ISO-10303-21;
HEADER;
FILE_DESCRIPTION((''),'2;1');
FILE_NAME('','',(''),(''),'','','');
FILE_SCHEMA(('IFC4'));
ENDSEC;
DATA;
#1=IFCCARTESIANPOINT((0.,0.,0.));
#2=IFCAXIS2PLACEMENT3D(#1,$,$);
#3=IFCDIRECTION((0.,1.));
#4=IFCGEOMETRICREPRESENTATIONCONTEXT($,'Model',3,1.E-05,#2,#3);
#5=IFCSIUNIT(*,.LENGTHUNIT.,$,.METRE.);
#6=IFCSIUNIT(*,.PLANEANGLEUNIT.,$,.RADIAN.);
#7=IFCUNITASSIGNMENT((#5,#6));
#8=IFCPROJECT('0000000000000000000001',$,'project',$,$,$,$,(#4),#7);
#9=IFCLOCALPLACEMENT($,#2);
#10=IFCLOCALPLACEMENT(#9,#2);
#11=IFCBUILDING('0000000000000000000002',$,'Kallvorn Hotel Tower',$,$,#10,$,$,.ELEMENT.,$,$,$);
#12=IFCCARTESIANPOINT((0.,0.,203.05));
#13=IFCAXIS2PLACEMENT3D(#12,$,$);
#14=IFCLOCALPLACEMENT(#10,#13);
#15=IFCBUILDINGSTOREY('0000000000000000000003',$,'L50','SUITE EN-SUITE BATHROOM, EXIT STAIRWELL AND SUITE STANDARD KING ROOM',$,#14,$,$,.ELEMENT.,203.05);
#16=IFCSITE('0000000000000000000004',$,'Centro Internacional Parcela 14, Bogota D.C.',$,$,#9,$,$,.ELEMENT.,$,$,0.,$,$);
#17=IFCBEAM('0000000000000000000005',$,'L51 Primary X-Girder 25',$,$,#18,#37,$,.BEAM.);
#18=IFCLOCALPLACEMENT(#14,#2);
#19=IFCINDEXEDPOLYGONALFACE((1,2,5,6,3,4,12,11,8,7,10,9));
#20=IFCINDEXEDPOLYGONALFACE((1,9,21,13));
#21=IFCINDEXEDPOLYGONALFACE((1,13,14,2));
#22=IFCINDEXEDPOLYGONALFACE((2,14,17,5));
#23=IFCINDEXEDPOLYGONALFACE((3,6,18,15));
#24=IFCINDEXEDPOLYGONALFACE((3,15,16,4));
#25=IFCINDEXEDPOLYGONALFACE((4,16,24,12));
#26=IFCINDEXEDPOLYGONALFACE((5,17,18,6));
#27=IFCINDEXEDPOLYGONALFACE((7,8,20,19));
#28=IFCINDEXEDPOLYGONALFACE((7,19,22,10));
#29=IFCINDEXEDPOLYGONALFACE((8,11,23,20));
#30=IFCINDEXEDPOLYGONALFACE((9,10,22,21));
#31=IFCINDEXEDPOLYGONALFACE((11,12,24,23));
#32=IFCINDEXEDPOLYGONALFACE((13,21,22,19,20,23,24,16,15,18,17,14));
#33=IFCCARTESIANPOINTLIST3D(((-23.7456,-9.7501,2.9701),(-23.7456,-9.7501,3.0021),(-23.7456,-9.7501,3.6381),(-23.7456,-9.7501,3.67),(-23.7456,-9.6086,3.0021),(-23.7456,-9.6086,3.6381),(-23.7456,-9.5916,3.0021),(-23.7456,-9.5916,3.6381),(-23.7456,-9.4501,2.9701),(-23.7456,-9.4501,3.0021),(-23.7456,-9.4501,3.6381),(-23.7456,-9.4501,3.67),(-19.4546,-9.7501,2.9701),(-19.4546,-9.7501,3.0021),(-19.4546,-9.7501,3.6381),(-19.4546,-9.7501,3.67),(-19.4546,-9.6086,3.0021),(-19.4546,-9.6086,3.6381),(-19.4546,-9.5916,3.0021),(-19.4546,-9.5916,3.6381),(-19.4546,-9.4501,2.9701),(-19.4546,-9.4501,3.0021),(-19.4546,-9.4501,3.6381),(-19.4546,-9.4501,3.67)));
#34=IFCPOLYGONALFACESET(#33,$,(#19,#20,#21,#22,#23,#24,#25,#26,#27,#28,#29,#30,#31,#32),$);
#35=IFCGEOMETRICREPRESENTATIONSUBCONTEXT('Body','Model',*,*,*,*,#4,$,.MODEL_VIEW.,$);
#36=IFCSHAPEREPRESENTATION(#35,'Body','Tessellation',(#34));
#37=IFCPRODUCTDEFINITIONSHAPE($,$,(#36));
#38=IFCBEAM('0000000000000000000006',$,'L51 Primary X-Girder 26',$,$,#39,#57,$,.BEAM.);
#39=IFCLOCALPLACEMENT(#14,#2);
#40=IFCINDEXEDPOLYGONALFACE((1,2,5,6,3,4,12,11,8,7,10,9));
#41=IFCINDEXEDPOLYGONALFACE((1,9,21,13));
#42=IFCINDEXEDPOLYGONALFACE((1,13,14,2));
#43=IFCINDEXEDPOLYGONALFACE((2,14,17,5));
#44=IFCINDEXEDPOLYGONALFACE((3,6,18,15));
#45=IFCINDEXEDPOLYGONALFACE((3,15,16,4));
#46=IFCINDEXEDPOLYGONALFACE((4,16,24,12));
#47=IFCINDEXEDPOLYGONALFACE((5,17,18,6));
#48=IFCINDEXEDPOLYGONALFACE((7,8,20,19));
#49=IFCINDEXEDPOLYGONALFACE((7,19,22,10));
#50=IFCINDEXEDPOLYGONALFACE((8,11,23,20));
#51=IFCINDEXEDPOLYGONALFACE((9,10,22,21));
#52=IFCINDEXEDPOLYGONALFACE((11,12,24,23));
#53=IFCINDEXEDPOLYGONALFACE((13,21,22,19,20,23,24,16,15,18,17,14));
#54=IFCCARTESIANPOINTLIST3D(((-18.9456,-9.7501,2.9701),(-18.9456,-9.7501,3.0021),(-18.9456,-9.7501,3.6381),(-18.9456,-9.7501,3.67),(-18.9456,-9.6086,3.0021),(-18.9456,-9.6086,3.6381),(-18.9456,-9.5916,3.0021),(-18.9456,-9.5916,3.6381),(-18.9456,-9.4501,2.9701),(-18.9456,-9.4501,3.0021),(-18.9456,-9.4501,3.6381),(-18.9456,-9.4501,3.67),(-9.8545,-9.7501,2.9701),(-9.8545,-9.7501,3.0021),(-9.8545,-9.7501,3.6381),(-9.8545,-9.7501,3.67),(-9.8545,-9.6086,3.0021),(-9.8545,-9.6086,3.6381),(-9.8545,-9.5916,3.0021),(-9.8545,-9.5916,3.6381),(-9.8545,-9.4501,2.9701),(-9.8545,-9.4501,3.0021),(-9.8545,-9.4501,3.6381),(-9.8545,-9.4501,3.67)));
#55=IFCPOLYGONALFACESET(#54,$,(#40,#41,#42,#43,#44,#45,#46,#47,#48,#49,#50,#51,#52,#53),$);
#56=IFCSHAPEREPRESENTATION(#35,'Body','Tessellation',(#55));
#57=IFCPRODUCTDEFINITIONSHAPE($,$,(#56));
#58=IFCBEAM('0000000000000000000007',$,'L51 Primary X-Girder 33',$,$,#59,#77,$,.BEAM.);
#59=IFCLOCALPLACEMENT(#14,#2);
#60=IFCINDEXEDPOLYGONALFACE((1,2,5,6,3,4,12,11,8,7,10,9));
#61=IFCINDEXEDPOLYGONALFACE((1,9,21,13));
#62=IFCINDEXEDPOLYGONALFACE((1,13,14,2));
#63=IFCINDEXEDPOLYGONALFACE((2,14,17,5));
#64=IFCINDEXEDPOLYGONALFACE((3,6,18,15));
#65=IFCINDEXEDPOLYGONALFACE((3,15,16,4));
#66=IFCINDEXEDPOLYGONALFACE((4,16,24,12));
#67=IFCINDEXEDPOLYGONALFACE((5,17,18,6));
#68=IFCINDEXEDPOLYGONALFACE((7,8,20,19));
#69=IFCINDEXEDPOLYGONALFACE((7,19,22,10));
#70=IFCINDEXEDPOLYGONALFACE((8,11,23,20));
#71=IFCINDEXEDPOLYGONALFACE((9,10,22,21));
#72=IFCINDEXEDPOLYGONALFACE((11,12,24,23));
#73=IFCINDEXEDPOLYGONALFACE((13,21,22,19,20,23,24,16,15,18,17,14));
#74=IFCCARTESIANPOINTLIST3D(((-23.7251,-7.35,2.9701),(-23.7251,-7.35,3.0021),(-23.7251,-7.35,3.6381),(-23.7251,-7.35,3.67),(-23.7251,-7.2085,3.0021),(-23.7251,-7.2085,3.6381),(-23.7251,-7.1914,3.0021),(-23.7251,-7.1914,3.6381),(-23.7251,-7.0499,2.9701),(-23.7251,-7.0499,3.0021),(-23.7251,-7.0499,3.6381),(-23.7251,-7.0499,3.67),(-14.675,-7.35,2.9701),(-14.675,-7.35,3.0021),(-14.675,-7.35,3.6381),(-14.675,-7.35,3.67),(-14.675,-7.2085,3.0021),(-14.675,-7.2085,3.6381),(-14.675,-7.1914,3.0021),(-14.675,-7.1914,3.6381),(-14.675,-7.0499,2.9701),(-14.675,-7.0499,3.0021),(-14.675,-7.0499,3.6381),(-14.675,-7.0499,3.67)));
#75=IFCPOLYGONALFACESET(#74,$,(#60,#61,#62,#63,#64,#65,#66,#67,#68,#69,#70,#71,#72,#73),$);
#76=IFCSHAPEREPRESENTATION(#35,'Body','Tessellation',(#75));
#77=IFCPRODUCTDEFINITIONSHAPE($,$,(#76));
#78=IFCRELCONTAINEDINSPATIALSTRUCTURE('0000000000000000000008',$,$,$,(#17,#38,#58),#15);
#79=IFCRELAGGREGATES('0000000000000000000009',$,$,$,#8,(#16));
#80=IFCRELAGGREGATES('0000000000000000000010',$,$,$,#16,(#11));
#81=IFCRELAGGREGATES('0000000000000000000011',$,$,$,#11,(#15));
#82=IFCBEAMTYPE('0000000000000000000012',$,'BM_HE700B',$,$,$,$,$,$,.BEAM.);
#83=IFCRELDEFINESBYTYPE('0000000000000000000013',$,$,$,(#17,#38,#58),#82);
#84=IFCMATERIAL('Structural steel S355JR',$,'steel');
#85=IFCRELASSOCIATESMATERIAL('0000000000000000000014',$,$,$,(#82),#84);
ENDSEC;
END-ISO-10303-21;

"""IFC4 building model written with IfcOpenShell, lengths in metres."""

from ifc_helpers import new_model, si_unit, direction, frame, origin, origin_2d, place, context, subcontext, project, spatial, i_section, extrude, material, material_profile, profile_set, type_object, element, save


model = new_model("IFC4")

# Units and contexts
model_context = context("Model", 3, precision=1e-05, world=origin(), true_north=direction((0.0, 1.0)))
body_context = subcontext(model_context, "Body", "Model", "MODEL_VIEW")
ifc_project = project(units=[si_unit("LENGTHUNIT", "METRE"), si_unit("PLANEANGLEUNIT", "RADIAN")], contexts=[model_context])

# Site, building, storey
site_placement = place(None, origin())
site = spatial("IfcSite", under=ifc_project, at=site_placement, Name="Centro Internacional Parcela 14, Bogota D.C.", CompositionType="ELEMENT", RefElevation=0.0)
building_placement = place(site_placement, origin())
building = spatial("IfcBuilding", under=site, at=building_placement, Name="Kallvorn Hotel Tower", CompositionType="ELEMENT")
storey_placement = place(building_placement, frame((0.0, 0.0, 203.05)))
storey = spatial("IfcBuildingStorey", under=building, at=storey_placement, Name="L50", Description="SUITE EN-SUITE BATHROOM, EXIT STAIRWELL AND SUITE STANDARD KING ROOM", CompositionType="ELEMENT", Elevation=203.05)

# Beams
ifc_material_1 = material(Name="Structural steel S355JR", Category="steel")
ifc_material_profile_1 = material_profile(ifc_material_1, i_section(OverallWidth=0.3, OverallDepth=0.7, WebThickness=0.0171, FlangeThickness=0.032, at=origin_2d()), Name="HE 700 B")
ifc_profile_set_1 = profile_set([ifc_material_profile_1], Name="Structural steel S355JR")
beam_type_1 = type_object("IfcBeamType", Name="BM_HE700B", PredefinedType="BEAM", material=ifc_profile_set_1)
beam_1_placement = place(storey_placement, frame((-23.7456, -9.6001, 3.3201), z_axis=(1.0, 0.0, 0.0), x_axis=(0.0, 1.0, 0.0)))
element("IfcBeam", 1, at=beam_1_placement, inside=storey, type_object=beam_type_1, Name="L51 Primary X-Girder 25", PredefinedType="BEAM", context=body_context, shape_type="SweptSolid", body=[
    extrude(i_section(OverallWidth=0.3, OverallDepth=0.7, WebThickness=0.0171, FlangeThickness=0.032, at=origin_2d()), origin(), (0.0, 0.0, 1.0), 4.291),
])
beam_2_placement = place(storey_placement, frame((-18.9456, -9.6001, 3.3201), z_axis=(1.0, 0.0, 0.0), x_axis=(0.0, 1.0, 0.0)))
element("IfcBeam", 2, at=beam_2_placement, inside=storey, type_object=beam_type_1, Name="L51 Primary X-Girder 26", PredefinedType="BEAM", context=body_context, shape_type="SweptSolid", body=[
    extrude(i_section(OverallWidth=0.3, OverallDepth=0.7, WebThickness=0.0171, FlangeThickness=0.032, at=origin_2d()), origin(), (0.0, 0.0, 1.0), 9.0911),
])
beam_3_placement = place(storey_placement, frame((-23.7251, -7.2, 3.3201), z_axis=(1.0, 0.0, 0.0), x_axis=(0.0, 1.0, 0.0)))
element("IfcBeam", 3, at=beam_3_placement, inside=storey, type_object=beam_type_1, Name="L51 Primary X-Girder 33", PredefinedType="BEAM", context=body_context, shape_type="SweptSolid", body=[
    extrude(i_section(OverallWidth=0.3, OverallDepth=0.7, WebThickness=0.0171, FlangeThickness=0.032, at=origin_2d()), origin(), (0.0, 0.0, 1.0), 9.05),
])

save(model, "model.ifc")
